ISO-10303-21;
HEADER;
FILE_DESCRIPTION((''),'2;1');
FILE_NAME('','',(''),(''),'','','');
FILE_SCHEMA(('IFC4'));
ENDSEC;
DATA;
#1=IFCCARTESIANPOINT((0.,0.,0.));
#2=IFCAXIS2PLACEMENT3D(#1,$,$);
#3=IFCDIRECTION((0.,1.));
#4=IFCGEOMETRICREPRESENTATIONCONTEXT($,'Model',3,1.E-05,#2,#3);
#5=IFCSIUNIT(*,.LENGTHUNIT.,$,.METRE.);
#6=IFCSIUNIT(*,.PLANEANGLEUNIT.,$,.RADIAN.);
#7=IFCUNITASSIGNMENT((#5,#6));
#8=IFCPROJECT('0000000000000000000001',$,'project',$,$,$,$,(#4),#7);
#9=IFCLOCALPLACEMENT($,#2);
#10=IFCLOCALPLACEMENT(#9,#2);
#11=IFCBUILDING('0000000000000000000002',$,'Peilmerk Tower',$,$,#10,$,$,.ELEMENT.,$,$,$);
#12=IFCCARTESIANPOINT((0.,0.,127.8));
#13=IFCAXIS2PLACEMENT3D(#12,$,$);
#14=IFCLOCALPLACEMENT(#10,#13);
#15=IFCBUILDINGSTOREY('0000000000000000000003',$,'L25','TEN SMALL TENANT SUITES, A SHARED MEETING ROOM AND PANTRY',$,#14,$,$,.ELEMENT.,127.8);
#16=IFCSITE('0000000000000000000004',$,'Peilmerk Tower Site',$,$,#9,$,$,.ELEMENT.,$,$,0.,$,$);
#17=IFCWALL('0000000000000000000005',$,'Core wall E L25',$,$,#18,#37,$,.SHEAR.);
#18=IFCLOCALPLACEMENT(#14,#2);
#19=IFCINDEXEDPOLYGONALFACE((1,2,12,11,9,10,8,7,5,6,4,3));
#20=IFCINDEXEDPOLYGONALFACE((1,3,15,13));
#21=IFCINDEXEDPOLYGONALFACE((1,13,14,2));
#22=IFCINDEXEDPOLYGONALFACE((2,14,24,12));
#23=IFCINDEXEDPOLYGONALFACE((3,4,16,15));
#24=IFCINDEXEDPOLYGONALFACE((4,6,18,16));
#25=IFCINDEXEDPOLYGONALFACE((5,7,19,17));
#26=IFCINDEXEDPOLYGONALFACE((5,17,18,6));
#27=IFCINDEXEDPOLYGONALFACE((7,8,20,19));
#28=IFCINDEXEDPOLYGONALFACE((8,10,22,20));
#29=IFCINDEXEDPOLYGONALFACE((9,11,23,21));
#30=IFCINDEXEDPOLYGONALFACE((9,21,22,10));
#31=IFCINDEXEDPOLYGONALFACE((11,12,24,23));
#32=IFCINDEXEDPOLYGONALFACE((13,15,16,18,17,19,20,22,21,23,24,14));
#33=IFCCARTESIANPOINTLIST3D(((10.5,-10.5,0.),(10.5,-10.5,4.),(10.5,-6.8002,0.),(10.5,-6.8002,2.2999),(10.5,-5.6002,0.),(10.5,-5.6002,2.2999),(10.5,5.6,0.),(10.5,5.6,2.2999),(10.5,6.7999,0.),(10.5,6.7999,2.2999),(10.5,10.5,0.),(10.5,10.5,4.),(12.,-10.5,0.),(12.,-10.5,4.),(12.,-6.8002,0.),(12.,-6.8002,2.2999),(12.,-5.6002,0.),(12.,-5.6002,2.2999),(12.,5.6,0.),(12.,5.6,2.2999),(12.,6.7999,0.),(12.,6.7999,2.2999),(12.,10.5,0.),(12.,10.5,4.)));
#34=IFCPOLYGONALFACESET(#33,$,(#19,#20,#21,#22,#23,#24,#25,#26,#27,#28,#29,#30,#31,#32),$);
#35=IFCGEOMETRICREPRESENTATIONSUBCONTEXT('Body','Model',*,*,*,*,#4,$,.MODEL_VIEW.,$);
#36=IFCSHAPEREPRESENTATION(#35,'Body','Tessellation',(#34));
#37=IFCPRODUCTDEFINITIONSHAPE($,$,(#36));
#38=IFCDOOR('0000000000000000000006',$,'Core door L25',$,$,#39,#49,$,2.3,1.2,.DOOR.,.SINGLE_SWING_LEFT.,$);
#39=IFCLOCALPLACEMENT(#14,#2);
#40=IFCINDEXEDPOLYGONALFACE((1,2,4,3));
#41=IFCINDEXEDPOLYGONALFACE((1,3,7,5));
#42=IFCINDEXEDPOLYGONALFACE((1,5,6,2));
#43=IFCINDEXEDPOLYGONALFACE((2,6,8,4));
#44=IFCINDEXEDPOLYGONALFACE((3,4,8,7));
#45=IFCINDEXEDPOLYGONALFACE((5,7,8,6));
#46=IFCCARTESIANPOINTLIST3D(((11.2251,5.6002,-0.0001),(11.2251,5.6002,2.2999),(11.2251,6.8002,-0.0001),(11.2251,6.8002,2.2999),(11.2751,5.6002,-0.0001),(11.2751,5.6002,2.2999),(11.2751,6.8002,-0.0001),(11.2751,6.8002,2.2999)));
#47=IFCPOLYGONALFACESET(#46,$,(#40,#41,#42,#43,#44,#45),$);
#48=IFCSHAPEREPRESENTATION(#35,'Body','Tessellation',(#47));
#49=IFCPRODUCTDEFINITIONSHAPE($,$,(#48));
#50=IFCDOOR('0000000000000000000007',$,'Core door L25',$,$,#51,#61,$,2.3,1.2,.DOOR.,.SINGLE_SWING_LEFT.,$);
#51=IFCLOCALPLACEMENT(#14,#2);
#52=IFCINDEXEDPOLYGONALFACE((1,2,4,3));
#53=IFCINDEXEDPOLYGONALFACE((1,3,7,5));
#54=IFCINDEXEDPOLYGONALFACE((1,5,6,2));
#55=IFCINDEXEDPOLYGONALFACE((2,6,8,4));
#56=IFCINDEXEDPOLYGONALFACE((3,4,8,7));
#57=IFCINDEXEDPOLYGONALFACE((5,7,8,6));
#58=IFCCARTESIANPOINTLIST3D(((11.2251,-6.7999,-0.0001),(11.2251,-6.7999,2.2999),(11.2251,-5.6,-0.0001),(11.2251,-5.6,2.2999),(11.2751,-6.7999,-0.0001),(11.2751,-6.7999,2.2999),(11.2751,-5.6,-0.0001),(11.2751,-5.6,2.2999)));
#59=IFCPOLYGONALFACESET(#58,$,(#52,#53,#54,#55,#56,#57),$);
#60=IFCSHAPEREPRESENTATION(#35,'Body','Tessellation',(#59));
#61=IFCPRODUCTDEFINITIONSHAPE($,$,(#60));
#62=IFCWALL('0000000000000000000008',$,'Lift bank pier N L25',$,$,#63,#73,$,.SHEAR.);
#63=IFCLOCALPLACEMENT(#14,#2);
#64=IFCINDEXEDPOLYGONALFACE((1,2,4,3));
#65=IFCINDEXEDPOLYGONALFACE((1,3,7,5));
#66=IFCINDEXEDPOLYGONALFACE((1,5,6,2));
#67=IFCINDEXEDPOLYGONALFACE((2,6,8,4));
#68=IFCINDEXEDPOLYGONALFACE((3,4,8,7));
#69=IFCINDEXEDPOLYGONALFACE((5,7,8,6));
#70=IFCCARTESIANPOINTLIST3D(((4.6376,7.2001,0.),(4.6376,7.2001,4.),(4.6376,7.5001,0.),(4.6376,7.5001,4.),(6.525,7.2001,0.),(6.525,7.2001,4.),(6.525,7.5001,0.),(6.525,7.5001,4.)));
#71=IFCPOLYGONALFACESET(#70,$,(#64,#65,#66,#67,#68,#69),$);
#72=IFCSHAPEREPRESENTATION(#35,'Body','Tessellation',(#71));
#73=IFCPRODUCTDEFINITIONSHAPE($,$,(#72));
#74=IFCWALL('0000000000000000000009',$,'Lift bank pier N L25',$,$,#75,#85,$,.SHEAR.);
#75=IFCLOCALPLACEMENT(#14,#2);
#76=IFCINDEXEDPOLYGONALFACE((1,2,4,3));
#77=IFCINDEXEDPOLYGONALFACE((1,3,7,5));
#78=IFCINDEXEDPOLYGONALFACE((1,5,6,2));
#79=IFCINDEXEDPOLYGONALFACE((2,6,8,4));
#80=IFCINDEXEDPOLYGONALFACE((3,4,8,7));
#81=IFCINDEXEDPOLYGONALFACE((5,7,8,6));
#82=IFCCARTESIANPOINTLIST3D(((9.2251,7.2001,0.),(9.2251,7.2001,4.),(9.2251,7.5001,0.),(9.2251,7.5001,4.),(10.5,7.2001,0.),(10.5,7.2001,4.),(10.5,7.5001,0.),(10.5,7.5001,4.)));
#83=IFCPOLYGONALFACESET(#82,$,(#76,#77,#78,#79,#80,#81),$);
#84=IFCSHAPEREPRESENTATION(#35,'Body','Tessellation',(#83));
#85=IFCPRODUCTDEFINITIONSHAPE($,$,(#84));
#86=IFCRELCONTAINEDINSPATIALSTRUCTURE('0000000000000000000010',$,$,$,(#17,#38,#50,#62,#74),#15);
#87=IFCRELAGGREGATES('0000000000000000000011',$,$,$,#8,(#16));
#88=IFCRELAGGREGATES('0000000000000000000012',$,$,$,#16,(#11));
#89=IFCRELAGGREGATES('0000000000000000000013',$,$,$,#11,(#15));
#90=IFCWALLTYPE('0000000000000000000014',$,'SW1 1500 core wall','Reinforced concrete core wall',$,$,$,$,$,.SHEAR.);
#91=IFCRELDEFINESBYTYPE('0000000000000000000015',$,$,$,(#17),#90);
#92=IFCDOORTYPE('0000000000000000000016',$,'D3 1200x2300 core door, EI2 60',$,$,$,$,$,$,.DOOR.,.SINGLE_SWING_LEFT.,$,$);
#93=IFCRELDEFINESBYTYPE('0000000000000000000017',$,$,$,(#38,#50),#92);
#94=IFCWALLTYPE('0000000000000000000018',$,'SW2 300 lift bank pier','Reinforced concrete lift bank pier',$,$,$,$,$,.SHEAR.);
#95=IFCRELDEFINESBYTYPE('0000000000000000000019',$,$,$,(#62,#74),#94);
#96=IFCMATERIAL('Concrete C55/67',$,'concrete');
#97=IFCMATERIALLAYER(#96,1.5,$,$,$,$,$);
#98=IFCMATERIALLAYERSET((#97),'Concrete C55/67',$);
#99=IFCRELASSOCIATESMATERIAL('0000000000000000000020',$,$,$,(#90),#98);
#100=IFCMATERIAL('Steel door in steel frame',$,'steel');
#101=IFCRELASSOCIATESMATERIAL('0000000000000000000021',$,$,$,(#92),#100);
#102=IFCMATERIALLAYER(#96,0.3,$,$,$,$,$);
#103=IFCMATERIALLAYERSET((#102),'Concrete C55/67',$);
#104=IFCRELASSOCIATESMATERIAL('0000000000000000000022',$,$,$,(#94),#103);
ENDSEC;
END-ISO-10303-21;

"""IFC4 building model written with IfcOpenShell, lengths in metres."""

from ifc_helpers import new_model, si_unit, direction, frame, frame_2d, origin, place, context, subcontext, project, spatial, rectangle, extrude, material, layer, layer_set, type_object, element, fill, save


model = new_model("IFC4")

# Units and contexts
model_context = context("Model", 3, precision=1e-05, world=origin(), true_north=direction((0.0, 1.0)))
body_context = subcontext(model_context, "Body", "Model", "MODEL_VIEW")
ifc_project = project(units=[si_unit("LENGTHUNIT", "METRE"), si_unit("PLANEANGLEUNIT", "RADIAN")], contexts=[model_context])

# Site, building, storey
site_placement = place(None, origin())
site = spatial("IfcSite", under=ifc_project, at=site_placement, Name="Peilmerk Tower Site", CompositionType="ELEMENT", RefElevation=0.0)
building_placement = place(site_placement, origin())
building = spatial("IfcBuilding", under=site, at=building_placement, Name="Peilmerk Tower", CompositionType="ELEMENT")
storey_placement = place(building_placement, frame((0.0, 0.0, 127.8)))
storey = spatial("IfcBuildingStorey", under=building, at=storey_placement, Name="L25", Description="TEN SMALL TENANT SUITES, A SHARED MEETING ROOM AND PANTRY", CompositionType="ELEMENT", Elevation=127.8)

# Shared definitions
ifc_material_1 = material(Name="Steel door in steel frame", Category="steel")

# Wall, openings, doors
ifc_material_2 = material(Name="Concrete C55/67", Category="concrete")
ifc_layer_1 = layer(ifc_material_2, 1.5)
ifc_layer_set_1 = layer_set([ifc_layer_1], Name="Concrete C55/67")
wall_type_1 = type_object("IfcWallType", Name="SW1 1500 core wall", Description="Reinforced concrete core wall", PredefinedType="SHEAR", material=ifc_layer_set_1)
wall_1_placement = place(storey_placement, frame((11.25, 10.5, 0.0), z_axis=(0.0, 0.0, 1.0), x_axis=(0.0, -1.0, 0.0)))
wall_1 = element("IfcWall", 1, at=wall_1_placement, inside=storey, type_object=wall_type_1, Name="Core wall E L25", PredefinedType="SHEAR", context=body_context, shape_type="SweptSolid", body=[
    extrude(rectangle(XDim=21.0, YDim=1.5, at=frame_2d((10.5, 0.0))), origin(), (0.0, 0.0, 1.0), 4.0),
])
opening_1_placement = place(wall_1_placement, frame((3.7, 0.0, 0.0)))
opening_1 = element("IfcOpeningElement", 2, at=opening_1_placement, cuts=wall_1, PredefinedType="OPENING", context=body_context, shape_type="SweptSolid", body=[
    extrude(rectangle(XDim=1.2, YDim=2.3, at=frame_2d((0.6001, 1.1499))), frame((0.0, 0.76, 0.0), z_axis=(0.0, -1.0, 0.0), x_axis=(1.0, 0.0, 0.0)), (0.0, 0.0, 1.0), 1.52),
])
opening_2_placement = place(wall_1_placement, frame((16.1001, 0.0, 0.0)))
opening_2 = element("IfcOpeningElement", 3, at=opening_2_placement, cuts=wall_1, PredefinedType="OPENING", context=body_context, shape_type="SweptSolid", body=[
    extrude(rectangle(XDim=1.2, YDim=2.3, at=frame_2d((0.6001, 1.1499))), frame((0.0, 0.76, 0.0), z_axis=(0.0, -1.0, 0.0), x_axis=(1.0, 0.0, 0.0)), (0.0, 0.0, 1.0), 1.52),
])
door_type_1 = type_object("IfcDoorType", Name="D3 1200x2300 core door, EI2 60", OperationType="SINGLE_SWING_LEFT", PredefinedType="DOOR", material=ifc_material_1)
door_1_placement = place(opening_1_placement, frame((1.2, 0.0, 0.0), z_axis=(0.0, 0.0, 1.0), x_axis=(-1.0, 0.0, 0.0)))
door_1 = element("IfcDoor", 4, at=door_1_placement, inside=storey, type_object=door_type_1, Name="Core door L25", OperationType="SINGLE_SWING_LEFT", OverallHeight=2.3, OverallWidth=1.2, PredefinedType="DOOR", context=body_context, shape_type="SweptSolid", body=[
    extrude(rectangle(XDim=1.2, YDim=2.3, at=frame_2d((0.6001, 1.1499))), frame((0.0, 0.0249, 0.0), z_axis=(0.0, -1.0, 0.0), x_axis=(1.0, 0.0, 0.0)), (0.0, 0.0, 1.0), 0.05),
])
fill(opening_1, door_1)
door_2_placement = place(opening_2_placement, frame((1.2, 0.0, 0.0), z_axis=(0.0, 0.0, 1.0), x_axis=(-1.0, 0.0, 0.0)))
door_2 = element("IfcDoor", 5, at=door_2_placement, inside=storey, type_object=door_type_1, Name="Core door L25", OperationType="SINGLE_SWING_LEFT", OverallHeight=2.3, OverallWidth=1.2, PredefinedType="DOOR", context=body_context, shape_type="SweptSolid", body=[
    extrude(rectangle(XDim=1.2, YDim=2.3, at=frame_2d((0.6001, 1.1499))), frame((0.0, 0.0249, 0.0), z_axis=(0.0, -1.0, 0.0), x_axis=(1.0, 0.0, 0.0)), (0.0, 0.0, 1.0), 0.05),
])
fill(opening_2, door_2)

# Walls
ifc_layer_2 = layer(ifc_material_2, 0.3)
ifc_layer_set_2 = layer_set([ifc_layer_2], Name="Concrete C55/67")
wall_type_2 = type_object("IfcWallType", Name="SW2 300 lift bank pier", Description="Reinforced concrete lift bank pier", PredefinedType="SHEAR", material=ifc_layer_set_2)
wall_2_placement = place(storey_placement, frame((4.6375, 7.3501, 0.0), z_axis=(0.0, 0.0, 1.0), x_axis=(1.0, 0.0, 0.0)))
element("IfcWall", 6, at=wall_2_placement, inside=storey, type_object=wall_type_2, Name="Lift bank pier N L25", PredefinedType="SHEAR", context=body_context, shape_type="SweptSolid", body=[
    extrude(rectangle(XDim=1.8875, YDim=0.3, at=frame_2d((0.9438, 0.0))), origin(), (0.0, 0.0, 1.0), 4.0),
])
wall_3_placement = place(storey_placement, frame((9.2251, 7.3501, 0.0), z_axis=(0.0, 0.0, 1.0), x_axis=(1.0, 0.0, 0.0)))
element("IfcWall", 7, at=wall_3_placement, inside=storey, type_object=wall_type_2, Name="Lift bank pier N L25", PredefinedType="SHEAR", context=body_context, shape_type="SweptSolid", body=[
    extrude(rectangle(XDim=1.2749, YDim=0.3, at=frame_2d((0.6375, 0.0))), origin(), (0.0, 0.0, 1.0), 4.0),
])

save(model, "model.ifc")
